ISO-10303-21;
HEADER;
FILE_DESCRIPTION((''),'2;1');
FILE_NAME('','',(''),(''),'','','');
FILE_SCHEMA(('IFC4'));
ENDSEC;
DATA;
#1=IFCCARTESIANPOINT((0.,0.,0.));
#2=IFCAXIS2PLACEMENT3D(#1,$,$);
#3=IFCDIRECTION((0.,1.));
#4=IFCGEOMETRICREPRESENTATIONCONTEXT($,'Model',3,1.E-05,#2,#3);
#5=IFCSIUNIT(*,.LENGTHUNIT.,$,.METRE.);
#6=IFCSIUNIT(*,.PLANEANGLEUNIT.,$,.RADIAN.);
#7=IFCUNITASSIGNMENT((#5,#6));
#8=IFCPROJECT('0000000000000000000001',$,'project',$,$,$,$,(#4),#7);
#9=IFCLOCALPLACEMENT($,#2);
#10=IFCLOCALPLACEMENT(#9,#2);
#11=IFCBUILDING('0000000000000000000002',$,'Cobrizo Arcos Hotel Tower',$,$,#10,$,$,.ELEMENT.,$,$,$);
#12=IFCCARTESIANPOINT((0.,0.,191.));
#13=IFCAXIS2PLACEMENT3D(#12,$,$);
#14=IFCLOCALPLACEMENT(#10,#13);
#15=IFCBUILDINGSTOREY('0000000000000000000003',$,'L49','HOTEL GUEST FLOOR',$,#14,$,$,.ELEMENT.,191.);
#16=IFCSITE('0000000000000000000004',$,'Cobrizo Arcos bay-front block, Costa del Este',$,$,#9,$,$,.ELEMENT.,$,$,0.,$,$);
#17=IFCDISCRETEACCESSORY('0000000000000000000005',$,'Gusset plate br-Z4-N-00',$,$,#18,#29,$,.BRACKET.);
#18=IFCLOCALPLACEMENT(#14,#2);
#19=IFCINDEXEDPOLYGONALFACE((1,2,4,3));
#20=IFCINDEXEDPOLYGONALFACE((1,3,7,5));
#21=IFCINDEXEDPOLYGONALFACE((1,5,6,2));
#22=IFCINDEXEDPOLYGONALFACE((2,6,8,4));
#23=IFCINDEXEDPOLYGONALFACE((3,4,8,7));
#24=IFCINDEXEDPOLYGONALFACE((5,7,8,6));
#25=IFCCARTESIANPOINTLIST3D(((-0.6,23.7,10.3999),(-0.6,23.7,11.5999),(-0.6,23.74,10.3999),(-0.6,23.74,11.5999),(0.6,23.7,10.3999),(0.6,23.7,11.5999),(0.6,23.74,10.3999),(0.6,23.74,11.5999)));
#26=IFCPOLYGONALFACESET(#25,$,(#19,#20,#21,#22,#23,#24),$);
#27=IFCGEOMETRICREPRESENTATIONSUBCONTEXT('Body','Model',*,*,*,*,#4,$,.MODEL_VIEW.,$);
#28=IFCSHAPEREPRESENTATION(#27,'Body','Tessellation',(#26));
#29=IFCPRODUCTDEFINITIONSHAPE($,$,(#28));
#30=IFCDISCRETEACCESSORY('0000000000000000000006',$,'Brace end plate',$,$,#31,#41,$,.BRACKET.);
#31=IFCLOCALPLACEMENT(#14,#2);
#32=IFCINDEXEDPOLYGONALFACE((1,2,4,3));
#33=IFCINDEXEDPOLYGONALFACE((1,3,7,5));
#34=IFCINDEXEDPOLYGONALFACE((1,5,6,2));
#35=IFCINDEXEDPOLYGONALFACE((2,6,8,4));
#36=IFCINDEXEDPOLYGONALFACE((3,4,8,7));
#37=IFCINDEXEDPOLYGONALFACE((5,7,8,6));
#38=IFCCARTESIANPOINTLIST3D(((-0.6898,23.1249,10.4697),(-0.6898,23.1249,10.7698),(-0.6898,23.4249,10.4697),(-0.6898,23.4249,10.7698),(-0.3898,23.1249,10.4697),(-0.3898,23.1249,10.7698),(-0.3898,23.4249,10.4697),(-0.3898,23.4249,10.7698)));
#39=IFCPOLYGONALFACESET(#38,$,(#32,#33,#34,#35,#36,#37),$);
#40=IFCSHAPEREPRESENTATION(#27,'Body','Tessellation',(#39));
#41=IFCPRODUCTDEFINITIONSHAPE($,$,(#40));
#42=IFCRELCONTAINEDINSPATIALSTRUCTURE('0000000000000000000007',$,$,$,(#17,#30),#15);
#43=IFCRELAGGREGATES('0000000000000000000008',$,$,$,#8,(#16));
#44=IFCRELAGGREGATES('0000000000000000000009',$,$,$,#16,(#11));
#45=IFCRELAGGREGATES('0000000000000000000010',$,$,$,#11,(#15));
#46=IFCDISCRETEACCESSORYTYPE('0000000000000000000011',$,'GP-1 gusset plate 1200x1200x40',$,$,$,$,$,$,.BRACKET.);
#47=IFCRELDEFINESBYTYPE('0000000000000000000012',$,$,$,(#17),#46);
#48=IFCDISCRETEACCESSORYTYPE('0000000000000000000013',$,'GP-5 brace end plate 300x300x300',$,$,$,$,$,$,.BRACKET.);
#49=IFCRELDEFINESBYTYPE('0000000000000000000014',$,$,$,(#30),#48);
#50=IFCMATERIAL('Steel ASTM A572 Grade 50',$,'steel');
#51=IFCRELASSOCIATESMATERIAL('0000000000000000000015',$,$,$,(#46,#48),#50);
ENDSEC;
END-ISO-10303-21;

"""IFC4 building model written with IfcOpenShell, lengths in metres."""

from ifc_helpers import new_model, si_unit, direction, frame, origin, origin_2d, place, context, subcontext, project, spatial, rectangle, extrude, material, type_object, element, save


model = new_model("IFC4")

# Units and contexts
model_context = context("Model", 3, precision=1e-05, world=origin(), true_north=direction((0.0, 1.0)))
body_context = subcontext(model_context, "Body", "Model", "MODEL_VIEW")
ifc_project = project(units=[si_unit("LENGTHUNIT", "METRE"), si_unit("PLANEANGLEUNIT", "RADIAN")], contexts=[model_context])

# Site, building, storey
site_placement = place(None, origin())
site = spatial("IfcSite", under=ifc_project, at=site_placement, Name="Cobrizo Arcos bay-front block, Costa del Este", CompositionType="ELEMENT", RefElevation=0.0)
building_placement = place(site_placement, origin())
building = spatial("IfcBuilding", under=site, at=building_placement, Name="Cobrizo Arcos Hotel Tower", CompositionType="ELEMENT")
storey_placement = place(building_placement, frame((0.0, 0.0, 191.0)))
storey = spatial("IfcBuildingStorey", under=building, at=storey_placement, Name="L49", Description="HOTEL GUEST FLOOR", CompositionType="ELEMENT", Elevation=191.0)

# Shared definitions
ifc_material_1 = material(Name="Steel ASTM A572 Grade 50", Category="steel")

# Discrete accessories
discrete_accessory_type_1 = type_object("IfcDiscreteAccessoryType", Name="GP-1 gusset plate 1200x1200x40", PredefinedType="BRACKET", material=ifc_material_1)
discrete_accessory_1_placement = place(storey_placement, frame((0.0, 23.72, 10.3999), z_axis=(0.0, 0.0, 1.0), x_axis=(1.0, 0.0, 0.0)))
element("IfcDiscreteAccessory", 1, at=discrete_accessory_1_placement, inside=storey, type_object=discrete_accessory_type_1, Name="Gusset plate br-Z4-N-00", PredefinedType="BRACKET", context=body_context, shape_type="SweptSolid", body=[
    extrude(rectangle(XDim=1.2, YDim=0.04, at=origin_2d()), origin(), (0.0, 0.0, 1.0), 1.2),
])
discrete_accessory_type_2 = type_object("IfcDiscreteAccessoryType", Name="GP-5 brace end plate 300x300x300", PredefinedType="BRACKET", material=ifc_material_1)
discrete_accessory_2_placement = place(storey_placement, frame((-0.5398, 23.2749, 10.4697), z_axis=(0.0, 0.0, 1.0), x_axis=(1.0, 0.0, 0.0)))
element("IfcDiscreteAccessory", 2, at=discrete_accessory_2_placement, inside=storey, type_object=discrete_accessory_type_2, Name="Brace end plate", PredefinedType="BRACKET", context=body_context, shape_type="SweptSolid", body=[
    extrude(rectangle(XDim=0.3, YDim=0.3, at=origin_2d()), origin(), (0.0, 0.0, 1.0), 0.3),
])

save(model, "model.ifc")
